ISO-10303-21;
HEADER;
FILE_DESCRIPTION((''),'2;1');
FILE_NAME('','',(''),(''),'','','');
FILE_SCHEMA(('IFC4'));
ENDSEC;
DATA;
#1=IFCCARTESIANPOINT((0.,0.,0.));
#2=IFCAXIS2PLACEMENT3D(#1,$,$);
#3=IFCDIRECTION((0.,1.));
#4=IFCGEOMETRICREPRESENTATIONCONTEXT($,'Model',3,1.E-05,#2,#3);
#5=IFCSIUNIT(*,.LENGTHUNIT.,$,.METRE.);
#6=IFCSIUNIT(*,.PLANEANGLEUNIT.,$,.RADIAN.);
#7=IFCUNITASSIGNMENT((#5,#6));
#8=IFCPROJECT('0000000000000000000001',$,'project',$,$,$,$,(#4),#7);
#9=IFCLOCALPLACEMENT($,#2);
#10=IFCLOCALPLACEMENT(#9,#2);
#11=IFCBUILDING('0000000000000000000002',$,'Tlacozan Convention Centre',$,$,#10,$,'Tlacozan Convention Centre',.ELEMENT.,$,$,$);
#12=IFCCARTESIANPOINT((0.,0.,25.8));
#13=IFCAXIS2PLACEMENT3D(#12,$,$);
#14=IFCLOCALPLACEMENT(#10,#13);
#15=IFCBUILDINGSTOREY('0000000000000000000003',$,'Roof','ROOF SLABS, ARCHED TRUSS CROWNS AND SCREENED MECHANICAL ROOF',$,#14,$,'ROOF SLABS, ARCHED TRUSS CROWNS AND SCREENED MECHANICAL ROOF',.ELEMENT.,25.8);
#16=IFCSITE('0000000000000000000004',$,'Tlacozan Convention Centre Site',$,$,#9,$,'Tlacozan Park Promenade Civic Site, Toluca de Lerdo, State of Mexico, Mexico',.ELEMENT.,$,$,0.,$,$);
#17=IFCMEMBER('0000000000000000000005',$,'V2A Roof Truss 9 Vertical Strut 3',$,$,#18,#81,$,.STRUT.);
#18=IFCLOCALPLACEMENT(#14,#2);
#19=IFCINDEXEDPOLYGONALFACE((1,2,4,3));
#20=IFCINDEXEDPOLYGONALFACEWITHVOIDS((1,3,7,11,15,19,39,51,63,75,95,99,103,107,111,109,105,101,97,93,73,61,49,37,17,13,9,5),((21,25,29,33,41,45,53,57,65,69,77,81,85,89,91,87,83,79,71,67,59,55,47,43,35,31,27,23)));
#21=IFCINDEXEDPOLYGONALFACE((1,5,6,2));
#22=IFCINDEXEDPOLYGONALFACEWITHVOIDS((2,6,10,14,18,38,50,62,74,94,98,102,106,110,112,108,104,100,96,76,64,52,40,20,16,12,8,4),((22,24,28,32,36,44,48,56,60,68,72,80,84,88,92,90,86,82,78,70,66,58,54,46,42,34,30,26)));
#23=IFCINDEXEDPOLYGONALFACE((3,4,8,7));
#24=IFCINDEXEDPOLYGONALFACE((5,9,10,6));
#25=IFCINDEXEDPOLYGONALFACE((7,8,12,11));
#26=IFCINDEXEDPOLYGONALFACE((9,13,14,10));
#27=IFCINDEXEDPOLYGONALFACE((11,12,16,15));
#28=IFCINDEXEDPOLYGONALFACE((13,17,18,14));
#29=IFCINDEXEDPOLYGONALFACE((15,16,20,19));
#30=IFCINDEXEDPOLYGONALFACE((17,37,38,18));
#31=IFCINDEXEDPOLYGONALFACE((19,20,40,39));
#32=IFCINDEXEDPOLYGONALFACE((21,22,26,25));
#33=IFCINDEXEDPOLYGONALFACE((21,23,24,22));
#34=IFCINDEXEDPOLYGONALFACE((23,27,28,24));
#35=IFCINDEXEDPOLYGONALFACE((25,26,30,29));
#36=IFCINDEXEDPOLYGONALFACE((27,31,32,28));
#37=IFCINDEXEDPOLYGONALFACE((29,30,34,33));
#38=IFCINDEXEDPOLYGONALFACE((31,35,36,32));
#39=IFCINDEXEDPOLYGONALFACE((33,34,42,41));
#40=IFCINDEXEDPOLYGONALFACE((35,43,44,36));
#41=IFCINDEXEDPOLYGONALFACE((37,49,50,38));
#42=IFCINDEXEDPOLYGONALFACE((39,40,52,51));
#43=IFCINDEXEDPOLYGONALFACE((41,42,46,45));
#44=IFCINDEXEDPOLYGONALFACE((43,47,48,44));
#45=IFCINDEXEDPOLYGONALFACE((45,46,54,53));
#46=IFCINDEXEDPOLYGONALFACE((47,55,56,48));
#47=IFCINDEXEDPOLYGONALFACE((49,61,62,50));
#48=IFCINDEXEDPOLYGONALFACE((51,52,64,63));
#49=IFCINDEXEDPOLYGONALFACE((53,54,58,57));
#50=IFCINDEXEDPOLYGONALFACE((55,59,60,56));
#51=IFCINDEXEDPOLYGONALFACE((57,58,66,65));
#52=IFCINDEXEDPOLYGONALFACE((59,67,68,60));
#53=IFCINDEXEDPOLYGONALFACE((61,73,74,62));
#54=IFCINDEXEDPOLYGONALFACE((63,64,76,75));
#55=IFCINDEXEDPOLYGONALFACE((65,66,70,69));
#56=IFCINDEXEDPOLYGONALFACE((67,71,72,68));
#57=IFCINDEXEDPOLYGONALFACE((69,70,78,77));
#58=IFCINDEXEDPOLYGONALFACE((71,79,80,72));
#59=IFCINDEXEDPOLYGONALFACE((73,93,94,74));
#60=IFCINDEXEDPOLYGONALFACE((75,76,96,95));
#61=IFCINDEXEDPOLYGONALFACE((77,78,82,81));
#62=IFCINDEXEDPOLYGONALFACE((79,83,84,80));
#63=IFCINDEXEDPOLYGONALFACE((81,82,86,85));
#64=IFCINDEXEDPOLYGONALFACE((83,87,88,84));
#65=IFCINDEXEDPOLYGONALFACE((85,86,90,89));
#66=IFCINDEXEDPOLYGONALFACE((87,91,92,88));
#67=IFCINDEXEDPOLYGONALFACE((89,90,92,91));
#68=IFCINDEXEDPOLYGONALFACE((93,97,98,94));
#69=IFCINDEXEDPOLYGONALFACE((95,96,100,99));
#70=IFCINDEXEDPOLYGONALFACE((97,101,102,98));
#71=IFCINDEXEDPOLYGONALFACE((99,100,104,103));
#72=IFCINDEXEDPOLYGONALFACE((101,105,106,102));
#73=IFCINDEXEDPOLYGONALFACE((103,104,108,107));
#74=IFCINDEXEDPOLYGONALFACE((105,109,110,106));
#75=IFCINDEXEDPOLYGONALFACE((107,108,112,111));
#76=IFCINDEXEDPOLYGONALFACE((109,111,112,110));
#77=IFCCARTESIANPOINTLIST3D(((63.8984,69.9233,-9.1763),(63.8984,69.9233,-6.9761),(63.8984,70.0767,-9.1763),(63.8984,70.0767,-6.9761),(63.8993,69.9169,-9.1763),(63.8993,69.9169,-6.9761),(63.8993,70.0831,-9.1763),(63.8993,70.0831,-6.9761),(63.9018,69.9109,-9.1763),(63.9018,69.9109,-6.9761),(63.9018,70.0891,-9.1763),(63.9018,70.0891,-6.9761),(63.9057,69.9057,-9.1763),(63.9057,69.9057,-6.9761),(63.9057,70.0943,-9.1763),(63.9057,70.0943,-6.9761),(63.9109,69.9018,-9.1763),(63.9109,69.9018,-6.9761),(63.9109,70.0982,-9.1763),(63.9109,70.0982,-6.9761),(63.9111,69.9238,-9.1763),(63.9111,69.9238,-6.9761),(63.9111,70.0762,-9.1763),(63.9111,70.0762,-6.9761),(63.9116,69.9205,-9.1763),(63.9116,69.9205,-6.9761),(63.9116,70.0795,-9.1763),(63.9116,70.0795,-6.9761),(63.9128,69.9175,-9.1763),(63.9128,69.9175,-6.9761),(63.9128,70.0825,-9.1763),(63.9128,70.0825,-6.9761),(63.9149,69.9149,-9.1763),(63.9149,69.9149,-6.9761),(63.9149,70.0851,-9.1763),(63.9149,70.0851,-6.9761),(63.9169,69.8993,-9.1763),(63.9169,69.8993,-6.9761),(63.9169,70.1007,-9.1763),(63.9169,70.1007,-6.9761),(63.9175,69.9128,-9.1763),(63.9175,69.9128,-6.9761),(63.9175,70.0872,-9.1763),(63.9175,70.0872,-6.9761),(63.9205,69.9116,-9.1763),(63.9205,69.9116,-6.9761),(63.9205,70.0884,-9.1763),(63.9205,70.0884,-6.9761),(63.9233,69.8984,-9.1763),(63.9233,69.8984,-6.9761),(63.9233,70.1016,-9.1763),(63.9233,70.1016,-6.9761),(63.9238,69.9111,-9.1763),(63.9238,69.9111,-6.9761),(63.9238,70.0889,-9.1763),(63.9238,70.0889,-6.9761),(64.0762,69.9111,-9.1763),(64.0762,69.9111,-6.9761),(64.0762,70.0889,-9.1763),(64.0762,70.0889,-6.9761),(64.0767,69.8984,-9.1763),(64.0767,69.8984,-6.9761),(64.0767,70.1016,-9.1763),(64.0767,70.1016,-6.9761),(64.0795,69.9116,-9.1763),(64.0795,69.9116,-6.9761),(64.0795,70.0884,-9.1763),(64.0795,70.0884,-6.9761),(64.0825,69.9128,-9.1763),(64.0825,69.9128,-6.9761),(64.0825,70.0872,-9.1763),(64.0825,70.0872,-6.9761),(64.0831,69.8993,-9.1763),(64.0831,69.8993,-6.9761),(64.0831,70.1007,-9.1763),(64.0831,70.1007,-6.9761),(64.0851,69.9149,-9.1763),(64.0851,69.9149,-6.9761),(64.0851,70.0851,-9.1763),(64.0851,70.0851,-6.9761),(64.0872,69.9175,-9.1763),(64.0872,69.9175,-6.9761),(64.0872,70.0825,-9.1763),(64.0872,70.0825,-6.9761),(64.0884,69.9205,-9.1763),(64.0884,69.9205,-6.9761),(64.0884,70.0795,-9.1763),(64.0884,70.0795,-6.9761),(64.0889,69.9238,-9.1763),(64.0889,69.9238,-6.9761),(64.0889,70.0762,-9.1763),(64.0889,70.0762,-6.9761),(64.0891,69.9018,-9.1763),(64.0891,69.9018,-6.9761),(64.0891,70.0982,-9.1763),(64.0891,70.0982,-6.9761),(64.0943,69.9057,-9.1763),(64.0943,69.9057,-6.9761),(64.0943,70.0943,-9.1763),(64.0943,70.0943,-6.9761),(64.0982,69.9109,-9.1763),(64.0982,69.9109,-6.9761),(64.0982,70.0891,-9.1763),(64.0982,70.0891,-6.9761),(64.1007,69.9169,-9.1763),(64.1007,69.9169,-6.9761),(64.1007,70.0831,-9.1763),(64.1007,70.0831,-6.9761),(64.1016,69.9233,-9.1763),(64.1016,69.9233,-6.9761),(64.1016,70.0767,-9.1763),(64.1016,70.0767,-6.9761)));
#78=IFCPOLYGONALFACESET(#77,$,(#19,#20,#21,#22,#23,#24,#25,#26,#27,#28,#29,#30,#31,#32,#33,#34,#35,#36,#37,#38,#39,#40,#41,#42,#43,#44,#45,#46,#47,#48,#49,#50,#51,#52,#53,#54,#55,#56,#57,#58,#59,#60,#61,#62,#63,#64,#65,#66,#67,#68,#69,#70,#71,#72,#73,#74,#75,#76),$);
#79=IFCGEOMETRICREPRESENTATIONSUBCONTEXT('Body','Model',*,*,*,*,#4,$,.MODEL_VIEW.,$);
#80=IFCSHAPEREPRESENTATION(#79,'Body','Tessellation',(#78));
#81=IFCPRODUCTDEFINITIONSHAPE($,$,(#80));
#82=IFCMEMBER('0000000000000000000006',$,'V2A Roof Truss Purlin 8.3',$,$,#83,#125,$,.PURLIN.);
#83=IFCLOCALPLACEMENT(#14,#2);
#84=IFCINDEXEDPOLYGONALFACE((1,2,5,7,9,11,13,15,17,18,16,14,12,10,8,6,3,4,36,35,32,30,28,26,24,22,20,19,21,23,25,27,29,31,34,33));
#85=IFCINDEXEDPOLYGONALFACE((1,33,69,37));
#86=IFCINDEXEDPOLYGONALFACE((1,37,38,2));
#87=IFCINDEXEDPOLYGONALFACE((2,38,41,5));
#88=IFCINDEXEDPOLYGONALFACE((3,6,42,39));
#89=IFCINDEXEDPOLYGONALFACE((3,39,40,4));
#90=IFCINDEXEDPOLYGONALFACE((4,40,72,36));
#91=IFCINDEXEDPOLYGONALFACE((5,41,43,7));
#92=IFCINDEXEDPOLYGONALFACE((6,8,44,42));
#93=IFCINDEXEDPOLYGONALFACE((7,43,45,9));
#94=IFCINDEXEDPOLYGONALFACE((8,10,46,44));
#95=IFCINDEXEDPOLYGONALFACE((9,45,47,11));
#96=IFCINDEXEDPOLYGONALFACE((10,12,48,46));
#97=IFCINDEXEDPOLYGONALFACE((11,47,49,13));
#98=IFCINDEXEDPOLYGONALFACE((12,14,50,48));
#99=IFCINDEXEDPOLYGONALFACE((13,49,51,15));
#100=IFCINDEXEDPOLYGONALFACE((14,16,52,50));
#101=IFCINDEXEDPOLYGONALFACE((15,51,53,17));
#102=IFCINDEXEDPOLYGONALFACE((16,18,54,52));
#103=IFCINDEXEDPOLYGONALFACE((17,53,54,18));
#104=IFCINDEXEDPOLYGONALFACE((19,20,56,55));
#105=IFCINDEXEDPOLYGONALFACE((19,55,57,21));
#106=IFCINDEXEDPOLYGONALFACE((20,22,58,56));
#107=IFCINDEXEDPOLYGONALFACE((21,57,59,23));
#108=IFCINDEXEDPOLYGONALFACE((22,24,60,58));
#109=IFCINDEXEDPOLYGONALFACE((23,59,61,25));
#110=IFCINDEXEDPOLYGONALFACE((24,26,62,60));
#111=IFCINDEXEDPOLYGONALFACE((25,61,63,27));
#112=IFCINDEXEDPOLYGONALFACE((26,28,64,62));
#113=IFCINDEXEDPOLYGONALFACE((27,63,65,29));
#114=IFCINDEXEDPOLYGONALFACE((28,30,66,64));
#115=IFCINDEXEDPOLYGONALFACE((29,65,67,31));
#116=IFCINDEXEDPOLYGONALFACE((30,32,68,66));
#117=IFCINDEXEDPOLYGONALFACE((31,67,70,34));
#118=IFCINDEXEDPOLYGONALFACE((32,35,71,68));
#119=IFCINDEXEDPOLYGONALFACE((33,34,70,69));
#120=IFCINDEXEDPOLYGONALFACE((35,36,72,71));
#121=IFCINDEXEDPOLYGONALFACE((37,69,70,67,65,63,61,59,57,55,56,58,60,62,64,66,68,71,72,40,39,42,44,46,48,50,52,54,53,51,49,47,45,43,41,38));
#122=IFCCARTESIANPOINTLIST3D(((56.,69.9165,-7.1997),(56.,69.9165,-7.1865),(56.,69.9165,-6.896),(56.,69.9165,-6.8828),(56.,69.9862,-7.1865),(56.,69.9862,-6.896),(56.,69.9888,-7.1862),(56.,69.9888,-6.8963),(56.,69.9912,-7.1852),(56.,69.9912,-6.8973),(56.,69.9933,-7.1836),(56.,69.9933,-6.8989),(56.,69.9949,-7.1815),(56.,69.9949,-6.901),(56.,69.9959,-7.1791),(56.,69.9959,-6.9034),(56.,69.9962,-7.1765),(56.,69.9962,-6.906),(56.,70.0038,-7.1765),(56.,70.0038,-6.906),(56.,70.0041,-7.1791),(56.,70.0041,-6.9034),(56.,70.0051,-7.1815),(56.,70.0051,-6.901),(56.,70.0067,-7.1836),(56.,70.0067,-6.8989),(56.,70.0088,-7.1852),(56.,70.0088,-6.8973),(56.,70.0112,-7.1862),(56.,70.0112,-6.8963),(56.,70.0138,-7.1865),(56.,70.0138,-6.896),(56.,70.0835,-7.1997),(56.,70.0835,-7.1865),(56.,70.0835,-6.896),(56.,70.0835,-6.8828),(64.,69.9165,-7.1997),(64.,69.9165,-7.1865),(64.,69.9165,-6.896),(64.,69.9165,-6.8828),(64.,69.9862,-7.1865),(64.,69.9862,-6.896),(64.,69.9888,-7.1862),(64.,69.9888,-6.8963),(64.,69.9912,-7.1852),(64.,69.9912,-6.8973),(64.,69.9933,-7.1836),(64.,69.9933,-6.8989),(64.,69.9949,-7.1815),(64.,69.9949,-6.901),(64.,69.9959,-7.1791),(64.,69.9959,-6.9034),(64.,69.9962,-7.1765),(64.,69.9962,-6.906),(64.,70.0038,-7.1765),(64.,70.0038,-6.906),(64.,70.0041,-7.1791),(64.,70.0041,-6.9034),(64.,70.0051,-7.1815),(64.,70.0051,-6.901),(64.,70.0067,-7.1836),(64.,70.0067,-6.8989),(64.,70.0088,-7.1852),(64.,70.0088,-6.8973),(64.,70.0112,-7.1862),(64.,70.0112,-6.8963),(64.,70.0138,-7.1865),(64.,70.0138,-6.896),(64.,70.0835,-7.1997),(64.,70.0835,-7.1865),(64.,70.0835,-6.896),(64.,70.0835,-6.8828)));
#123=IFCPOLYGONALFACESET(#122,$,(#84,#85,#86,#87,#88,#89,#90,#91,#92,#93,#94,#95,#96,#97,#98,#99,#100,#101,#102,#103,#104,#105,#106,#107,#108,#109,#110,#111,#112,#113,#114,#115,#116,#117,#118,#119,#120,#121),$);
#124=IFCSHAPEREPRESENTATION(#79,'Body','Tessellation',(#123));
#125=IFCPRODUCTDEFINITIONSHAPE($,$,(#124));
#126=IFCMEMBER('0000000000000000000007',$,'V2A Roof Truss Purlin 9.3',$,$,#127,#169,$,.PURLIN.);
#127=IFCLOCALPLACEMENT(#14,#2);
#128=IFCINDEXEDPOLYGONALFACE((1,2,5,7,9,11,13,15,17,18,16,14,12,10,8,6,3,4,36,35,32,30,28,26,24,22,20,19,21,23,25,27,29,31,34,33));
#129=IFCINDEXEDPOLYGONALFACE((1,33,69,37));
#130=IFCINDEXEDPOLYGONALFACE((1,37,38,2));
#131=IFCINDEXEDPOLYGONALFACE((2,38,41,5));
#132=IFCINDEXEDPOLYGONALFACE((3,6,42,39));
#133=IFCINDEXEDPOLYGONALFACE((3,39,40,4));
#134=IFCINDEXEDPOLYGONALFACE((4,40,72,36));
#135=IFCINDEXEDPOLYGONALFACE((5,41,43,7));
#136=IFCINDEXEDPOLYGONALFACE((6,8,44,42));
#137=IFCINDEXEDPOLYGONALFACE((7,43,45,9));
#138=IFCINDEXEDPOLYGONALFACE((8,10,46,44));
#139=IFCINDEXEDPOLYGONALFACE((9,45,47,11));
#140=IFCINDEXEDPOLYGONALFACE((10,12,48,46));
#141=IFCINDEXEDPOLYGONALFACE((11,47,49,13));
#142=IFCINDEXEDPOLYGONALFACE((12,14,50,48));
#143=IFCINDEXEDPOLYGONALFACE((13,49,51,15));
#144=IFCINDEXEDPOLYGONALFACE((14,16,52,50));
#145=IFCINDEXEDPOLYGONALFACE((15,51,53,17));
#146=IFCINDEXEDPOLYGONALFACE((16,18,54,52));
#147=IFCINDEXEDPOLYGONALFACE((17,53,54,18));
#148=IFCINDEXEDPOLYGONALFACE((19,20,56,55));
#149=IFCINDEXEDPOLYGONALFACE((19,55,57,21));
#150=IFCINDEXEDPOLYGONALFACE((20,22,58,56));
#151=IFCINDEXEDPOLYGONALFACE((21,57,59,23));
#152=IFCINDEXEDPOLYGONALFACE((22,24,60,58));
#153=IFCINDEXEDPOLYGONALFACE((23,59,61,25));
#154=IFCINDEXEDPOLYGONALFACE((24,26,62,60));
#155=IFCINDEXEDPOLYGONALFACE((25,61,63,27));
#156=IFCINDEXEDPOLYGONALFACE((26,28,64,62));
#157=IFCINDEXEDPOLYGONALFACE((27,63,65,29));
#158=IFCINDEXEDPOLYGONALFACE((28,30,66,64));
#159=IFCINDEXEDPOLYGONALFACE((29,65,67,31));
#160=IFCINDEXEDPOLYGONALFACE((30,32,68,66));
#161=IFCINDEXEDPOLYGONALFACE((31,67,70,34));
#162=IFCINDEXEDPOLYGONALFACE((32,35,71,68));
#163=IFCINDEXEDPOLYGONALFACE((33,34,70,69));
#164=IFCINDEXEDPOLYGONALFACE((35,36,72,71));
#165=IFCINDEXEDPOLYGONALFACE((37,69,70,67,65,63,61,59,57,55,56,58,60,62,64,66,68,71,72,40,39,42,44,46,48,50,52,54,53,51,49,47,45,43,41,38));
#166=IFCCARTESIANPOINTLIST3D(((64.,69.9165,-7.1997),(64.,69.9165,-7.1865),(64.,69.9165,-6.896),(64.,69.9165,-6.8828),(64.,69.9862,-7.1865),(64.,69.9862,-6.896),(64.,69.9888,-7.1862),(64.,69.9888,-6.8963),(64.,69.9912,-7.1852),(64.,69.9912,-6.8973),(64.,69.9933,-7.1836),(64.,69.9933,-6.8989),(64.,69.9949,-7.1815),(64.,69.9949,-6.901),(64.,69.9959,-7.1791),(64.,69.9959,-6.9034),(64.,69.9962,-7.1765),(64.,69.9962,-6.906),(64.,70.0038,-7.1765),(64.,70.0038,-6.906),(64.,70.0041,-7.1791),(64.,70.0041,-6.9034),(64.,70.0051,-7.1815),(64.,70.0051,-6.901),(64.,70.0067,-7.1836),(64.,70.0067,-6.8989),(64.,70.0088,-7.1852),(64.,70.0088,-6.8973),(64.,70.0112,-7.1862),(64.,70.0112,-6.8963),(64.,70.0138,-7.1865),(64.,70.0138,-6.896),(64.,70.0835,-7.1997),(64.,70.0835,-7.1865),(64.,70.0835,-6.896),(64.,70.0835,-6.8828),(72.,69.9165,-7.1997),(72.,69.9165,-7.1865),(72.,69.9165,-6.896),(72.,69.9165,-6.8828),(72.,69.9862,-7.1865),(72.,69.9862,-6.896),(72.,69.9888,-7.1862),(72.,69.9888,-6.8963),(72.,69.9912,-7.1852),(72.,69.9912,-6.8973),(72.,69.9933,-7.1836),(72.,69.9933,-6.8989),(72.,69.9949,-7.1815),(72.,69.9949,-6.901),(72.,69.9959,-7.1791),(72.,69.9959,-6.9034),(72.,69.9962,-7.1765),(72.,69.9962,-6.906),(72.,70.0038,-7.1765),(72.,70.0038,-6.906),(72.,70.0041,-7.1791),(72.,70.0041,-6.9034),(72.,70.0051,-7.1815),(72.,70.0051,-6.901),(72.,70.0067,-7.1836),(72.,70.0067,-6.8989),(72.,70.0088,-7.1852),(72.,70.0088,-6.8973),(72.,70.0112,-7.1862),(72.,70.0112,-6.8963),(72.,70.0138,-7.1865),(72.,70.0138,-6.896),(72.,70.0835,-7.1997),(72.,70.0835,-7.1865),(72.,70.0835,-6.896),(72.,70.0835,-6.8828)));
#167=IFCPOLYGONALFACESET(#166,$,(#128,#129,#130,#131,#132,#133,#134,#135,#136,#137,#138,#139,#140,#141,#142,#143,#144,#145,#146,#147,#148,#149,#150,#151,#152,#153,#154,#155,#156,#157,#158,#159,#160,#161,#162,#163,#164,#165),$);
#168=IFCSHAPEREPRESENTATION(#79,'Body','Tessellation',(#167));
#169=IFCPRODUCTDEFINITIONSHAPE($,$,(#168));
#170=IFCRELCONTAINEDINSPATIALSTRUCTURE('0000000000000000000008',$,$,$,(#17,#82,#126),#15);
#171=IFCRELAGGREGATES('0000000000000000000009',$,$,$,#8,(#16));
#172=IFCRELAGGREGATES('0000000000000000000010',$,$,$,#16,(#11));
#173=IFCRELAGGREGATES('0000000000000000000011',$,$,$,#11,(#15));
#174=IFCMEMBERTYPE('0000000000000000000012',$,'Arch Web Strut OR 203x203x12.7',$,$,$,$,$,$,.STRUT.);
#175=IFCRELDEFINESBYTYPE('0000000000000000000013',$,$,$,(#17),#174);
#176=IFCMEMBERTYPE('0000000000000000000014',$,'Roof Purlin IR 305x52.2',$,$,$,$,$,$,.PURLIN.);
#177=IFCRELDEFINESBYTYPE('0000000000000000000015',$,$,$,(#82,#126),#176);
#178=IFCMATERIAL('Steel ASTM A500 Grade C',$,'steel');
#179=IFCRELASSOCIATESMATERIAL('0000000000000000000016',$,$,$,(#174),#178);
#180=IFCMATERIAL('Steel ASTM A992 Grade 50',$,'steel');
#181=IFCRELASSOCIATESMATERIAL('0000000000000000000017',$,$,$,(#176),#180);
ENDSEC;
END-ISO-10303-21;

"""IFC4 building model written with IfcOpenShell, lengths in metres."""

from ifc_helpers import new_model, si_unit, direction, frame, origin, origin_2d, place, context, subcontext, project, spatial, hollow_rectangle, i_section, extrude, material, material_profile, profile_set, type_object, element, save


model = new_model("IFC4")

# Units and contexts
model_context = context("Model", 3, precision=1e-05, world=origin(), true_north=direction((0.0, 1.0)))
body_context = subcontext(model_context, "Body", "Model", "MODEL_VIEW")
ifc_project = project(units=[si_unit("LENGTHUNIT", "METRE"), si_unit("PLANEANGLEUNIT", "RADIAN")], contexts=[model_context])

# Site, building, storey
site_placement = place(None, origin())
site = spatial("IfcSite", under=ifc_project, at=site_placement, Name="Tlacozan Convention Centre Site", LongName="Tlacozan Park Promenade Civic Site, Toluca de Lerdo, State of Mexico, Mexico", CompositionType="ELEMENT", RefElevation=0.0)
building_placement = place(site_placement, origin())
building = spatial("IfcBuilding", under=site, at=building_placement, Name="Tlacozan Convention Centre", LongName="Tlacozan Convention Centre", CompositionType="ELEMENT")
storey_placement = place(building_placement, frame((0.0, 0.0, 25.8)))
storey = spatial("IfcBuildingStorey", under=building, at=storey_placement, Name="Roof", Description="ROOF SLABS, ARCHED TRUSS CROWNS AND SCREENED MECHANICAL ROOF", LongName="ROOF SLABS, ARCHED TRUSS CROWNS AND SCREENED MECHANICAL ROOF", CompositionType="ELEMENT", Elevation=25.8)

# Members
ifc_material_1 = material(Name="Steel ASTM A500 Grade C", Category="steel")
ifc_material_profile_1 = material_profile(ifc_material_1, hollow_rectangle(XDim=0.2031, YDim=0.2031, WallThickness=0.0127, InnerFilletRadius=0.0127, OuterFilletRadius=0.0249, at=origin_2d()), Name="OR 203x203x12.7")
ifc_profile_set_1 = profile_set([ifc_material_profile_1], Name="Steel ASTM A500 Grade C")
member_type_1 = type_object("IfcMemberType", Name="Arch Web Strut OR 203x203x12.7", PredefinedType="STRUT", material=ifc_profile_set_1)
for number, where, z_axis, x_axis, name in (
    (1, (64.0, 70.0, -9.1763), (0.0, 0.0, 1.0), (1.0, 0.0, 0.0), "V2A Roof Truss 9 Vertical Strut 3"),
):
    element("IfcMember", number, at=place(storey_placement, frame(where, z_axis=z_axis, x_axis=x_axis)), inside=storey, type_object=member_type_1, Name=name, PredefinedType="STRUT", context=body_context, shape_type="SweptSolid", body=[
        extrude(hollow_rectangle(XDim=0.2031, YDim=0.2031, WallThickness=0.0127, InnerFilletRadius=0.0127, OuterFilletRadius=0.0249, at=origin_2d()), origin(), (0.0, 0.0, 1.0), 2.2002),
    ])
ifc_material_2 = material(Name="Steel ASTM A992 Grade 50", Category="steel")
ifc_material_profile_2 = material_profile(ifc_material_2, i_section(OverallWidth=0.167, OverallDepth=0.3169, WebThickness=0.0076, FlangeThickness=0.0132, FilletRadius=0.01, at=origin_2d()), Name="IR 305x52.2")
ifc_profile_set_2 = profile_set([ifc_material_profile_2], Name="Steel ASTM A992 Grade 50")
member_type_2 = type_object("IfcMemberType", Name="Roof Purlin IR 305x52.2", PredefinedType="PURLIN", material=ifc_profile_set_2)
for number, where, z_axis, x_axis, name in (
    (2, (56.0, 70.0, -7.0413), (1.0, 0.0, 0.0), (0.0, 1.0, 0.0), "V2A Roof Truss Purlin 8.3"),
    (3, (64.0, 70.0, -7.0413), (1.0, 0.0, 0.0), (0.0, 1.0, 0.0), "V2A Roof Truss Purlin 9.3"),
):
    element("IfcMember", number, at=place(storey_placement, frame(where, z_axis=z_axis, x_axis=x_axis)), inside=storey, type_object=member_type_2, Name=name, PredefinedType="PURLIN", context=body_context, shape_type="SweptSolid", body=[
        extrude(i_section(OverallWidth=0.167, OverallDepth=0.3169, WebThickness=0.0076, FlangeThickness=0.0132, FilletRadius=0.01, at=origin_2d()), origin(), (0.0, 0.0, 1.0), 8.0),
    ])

save(model, "model.ifc")
